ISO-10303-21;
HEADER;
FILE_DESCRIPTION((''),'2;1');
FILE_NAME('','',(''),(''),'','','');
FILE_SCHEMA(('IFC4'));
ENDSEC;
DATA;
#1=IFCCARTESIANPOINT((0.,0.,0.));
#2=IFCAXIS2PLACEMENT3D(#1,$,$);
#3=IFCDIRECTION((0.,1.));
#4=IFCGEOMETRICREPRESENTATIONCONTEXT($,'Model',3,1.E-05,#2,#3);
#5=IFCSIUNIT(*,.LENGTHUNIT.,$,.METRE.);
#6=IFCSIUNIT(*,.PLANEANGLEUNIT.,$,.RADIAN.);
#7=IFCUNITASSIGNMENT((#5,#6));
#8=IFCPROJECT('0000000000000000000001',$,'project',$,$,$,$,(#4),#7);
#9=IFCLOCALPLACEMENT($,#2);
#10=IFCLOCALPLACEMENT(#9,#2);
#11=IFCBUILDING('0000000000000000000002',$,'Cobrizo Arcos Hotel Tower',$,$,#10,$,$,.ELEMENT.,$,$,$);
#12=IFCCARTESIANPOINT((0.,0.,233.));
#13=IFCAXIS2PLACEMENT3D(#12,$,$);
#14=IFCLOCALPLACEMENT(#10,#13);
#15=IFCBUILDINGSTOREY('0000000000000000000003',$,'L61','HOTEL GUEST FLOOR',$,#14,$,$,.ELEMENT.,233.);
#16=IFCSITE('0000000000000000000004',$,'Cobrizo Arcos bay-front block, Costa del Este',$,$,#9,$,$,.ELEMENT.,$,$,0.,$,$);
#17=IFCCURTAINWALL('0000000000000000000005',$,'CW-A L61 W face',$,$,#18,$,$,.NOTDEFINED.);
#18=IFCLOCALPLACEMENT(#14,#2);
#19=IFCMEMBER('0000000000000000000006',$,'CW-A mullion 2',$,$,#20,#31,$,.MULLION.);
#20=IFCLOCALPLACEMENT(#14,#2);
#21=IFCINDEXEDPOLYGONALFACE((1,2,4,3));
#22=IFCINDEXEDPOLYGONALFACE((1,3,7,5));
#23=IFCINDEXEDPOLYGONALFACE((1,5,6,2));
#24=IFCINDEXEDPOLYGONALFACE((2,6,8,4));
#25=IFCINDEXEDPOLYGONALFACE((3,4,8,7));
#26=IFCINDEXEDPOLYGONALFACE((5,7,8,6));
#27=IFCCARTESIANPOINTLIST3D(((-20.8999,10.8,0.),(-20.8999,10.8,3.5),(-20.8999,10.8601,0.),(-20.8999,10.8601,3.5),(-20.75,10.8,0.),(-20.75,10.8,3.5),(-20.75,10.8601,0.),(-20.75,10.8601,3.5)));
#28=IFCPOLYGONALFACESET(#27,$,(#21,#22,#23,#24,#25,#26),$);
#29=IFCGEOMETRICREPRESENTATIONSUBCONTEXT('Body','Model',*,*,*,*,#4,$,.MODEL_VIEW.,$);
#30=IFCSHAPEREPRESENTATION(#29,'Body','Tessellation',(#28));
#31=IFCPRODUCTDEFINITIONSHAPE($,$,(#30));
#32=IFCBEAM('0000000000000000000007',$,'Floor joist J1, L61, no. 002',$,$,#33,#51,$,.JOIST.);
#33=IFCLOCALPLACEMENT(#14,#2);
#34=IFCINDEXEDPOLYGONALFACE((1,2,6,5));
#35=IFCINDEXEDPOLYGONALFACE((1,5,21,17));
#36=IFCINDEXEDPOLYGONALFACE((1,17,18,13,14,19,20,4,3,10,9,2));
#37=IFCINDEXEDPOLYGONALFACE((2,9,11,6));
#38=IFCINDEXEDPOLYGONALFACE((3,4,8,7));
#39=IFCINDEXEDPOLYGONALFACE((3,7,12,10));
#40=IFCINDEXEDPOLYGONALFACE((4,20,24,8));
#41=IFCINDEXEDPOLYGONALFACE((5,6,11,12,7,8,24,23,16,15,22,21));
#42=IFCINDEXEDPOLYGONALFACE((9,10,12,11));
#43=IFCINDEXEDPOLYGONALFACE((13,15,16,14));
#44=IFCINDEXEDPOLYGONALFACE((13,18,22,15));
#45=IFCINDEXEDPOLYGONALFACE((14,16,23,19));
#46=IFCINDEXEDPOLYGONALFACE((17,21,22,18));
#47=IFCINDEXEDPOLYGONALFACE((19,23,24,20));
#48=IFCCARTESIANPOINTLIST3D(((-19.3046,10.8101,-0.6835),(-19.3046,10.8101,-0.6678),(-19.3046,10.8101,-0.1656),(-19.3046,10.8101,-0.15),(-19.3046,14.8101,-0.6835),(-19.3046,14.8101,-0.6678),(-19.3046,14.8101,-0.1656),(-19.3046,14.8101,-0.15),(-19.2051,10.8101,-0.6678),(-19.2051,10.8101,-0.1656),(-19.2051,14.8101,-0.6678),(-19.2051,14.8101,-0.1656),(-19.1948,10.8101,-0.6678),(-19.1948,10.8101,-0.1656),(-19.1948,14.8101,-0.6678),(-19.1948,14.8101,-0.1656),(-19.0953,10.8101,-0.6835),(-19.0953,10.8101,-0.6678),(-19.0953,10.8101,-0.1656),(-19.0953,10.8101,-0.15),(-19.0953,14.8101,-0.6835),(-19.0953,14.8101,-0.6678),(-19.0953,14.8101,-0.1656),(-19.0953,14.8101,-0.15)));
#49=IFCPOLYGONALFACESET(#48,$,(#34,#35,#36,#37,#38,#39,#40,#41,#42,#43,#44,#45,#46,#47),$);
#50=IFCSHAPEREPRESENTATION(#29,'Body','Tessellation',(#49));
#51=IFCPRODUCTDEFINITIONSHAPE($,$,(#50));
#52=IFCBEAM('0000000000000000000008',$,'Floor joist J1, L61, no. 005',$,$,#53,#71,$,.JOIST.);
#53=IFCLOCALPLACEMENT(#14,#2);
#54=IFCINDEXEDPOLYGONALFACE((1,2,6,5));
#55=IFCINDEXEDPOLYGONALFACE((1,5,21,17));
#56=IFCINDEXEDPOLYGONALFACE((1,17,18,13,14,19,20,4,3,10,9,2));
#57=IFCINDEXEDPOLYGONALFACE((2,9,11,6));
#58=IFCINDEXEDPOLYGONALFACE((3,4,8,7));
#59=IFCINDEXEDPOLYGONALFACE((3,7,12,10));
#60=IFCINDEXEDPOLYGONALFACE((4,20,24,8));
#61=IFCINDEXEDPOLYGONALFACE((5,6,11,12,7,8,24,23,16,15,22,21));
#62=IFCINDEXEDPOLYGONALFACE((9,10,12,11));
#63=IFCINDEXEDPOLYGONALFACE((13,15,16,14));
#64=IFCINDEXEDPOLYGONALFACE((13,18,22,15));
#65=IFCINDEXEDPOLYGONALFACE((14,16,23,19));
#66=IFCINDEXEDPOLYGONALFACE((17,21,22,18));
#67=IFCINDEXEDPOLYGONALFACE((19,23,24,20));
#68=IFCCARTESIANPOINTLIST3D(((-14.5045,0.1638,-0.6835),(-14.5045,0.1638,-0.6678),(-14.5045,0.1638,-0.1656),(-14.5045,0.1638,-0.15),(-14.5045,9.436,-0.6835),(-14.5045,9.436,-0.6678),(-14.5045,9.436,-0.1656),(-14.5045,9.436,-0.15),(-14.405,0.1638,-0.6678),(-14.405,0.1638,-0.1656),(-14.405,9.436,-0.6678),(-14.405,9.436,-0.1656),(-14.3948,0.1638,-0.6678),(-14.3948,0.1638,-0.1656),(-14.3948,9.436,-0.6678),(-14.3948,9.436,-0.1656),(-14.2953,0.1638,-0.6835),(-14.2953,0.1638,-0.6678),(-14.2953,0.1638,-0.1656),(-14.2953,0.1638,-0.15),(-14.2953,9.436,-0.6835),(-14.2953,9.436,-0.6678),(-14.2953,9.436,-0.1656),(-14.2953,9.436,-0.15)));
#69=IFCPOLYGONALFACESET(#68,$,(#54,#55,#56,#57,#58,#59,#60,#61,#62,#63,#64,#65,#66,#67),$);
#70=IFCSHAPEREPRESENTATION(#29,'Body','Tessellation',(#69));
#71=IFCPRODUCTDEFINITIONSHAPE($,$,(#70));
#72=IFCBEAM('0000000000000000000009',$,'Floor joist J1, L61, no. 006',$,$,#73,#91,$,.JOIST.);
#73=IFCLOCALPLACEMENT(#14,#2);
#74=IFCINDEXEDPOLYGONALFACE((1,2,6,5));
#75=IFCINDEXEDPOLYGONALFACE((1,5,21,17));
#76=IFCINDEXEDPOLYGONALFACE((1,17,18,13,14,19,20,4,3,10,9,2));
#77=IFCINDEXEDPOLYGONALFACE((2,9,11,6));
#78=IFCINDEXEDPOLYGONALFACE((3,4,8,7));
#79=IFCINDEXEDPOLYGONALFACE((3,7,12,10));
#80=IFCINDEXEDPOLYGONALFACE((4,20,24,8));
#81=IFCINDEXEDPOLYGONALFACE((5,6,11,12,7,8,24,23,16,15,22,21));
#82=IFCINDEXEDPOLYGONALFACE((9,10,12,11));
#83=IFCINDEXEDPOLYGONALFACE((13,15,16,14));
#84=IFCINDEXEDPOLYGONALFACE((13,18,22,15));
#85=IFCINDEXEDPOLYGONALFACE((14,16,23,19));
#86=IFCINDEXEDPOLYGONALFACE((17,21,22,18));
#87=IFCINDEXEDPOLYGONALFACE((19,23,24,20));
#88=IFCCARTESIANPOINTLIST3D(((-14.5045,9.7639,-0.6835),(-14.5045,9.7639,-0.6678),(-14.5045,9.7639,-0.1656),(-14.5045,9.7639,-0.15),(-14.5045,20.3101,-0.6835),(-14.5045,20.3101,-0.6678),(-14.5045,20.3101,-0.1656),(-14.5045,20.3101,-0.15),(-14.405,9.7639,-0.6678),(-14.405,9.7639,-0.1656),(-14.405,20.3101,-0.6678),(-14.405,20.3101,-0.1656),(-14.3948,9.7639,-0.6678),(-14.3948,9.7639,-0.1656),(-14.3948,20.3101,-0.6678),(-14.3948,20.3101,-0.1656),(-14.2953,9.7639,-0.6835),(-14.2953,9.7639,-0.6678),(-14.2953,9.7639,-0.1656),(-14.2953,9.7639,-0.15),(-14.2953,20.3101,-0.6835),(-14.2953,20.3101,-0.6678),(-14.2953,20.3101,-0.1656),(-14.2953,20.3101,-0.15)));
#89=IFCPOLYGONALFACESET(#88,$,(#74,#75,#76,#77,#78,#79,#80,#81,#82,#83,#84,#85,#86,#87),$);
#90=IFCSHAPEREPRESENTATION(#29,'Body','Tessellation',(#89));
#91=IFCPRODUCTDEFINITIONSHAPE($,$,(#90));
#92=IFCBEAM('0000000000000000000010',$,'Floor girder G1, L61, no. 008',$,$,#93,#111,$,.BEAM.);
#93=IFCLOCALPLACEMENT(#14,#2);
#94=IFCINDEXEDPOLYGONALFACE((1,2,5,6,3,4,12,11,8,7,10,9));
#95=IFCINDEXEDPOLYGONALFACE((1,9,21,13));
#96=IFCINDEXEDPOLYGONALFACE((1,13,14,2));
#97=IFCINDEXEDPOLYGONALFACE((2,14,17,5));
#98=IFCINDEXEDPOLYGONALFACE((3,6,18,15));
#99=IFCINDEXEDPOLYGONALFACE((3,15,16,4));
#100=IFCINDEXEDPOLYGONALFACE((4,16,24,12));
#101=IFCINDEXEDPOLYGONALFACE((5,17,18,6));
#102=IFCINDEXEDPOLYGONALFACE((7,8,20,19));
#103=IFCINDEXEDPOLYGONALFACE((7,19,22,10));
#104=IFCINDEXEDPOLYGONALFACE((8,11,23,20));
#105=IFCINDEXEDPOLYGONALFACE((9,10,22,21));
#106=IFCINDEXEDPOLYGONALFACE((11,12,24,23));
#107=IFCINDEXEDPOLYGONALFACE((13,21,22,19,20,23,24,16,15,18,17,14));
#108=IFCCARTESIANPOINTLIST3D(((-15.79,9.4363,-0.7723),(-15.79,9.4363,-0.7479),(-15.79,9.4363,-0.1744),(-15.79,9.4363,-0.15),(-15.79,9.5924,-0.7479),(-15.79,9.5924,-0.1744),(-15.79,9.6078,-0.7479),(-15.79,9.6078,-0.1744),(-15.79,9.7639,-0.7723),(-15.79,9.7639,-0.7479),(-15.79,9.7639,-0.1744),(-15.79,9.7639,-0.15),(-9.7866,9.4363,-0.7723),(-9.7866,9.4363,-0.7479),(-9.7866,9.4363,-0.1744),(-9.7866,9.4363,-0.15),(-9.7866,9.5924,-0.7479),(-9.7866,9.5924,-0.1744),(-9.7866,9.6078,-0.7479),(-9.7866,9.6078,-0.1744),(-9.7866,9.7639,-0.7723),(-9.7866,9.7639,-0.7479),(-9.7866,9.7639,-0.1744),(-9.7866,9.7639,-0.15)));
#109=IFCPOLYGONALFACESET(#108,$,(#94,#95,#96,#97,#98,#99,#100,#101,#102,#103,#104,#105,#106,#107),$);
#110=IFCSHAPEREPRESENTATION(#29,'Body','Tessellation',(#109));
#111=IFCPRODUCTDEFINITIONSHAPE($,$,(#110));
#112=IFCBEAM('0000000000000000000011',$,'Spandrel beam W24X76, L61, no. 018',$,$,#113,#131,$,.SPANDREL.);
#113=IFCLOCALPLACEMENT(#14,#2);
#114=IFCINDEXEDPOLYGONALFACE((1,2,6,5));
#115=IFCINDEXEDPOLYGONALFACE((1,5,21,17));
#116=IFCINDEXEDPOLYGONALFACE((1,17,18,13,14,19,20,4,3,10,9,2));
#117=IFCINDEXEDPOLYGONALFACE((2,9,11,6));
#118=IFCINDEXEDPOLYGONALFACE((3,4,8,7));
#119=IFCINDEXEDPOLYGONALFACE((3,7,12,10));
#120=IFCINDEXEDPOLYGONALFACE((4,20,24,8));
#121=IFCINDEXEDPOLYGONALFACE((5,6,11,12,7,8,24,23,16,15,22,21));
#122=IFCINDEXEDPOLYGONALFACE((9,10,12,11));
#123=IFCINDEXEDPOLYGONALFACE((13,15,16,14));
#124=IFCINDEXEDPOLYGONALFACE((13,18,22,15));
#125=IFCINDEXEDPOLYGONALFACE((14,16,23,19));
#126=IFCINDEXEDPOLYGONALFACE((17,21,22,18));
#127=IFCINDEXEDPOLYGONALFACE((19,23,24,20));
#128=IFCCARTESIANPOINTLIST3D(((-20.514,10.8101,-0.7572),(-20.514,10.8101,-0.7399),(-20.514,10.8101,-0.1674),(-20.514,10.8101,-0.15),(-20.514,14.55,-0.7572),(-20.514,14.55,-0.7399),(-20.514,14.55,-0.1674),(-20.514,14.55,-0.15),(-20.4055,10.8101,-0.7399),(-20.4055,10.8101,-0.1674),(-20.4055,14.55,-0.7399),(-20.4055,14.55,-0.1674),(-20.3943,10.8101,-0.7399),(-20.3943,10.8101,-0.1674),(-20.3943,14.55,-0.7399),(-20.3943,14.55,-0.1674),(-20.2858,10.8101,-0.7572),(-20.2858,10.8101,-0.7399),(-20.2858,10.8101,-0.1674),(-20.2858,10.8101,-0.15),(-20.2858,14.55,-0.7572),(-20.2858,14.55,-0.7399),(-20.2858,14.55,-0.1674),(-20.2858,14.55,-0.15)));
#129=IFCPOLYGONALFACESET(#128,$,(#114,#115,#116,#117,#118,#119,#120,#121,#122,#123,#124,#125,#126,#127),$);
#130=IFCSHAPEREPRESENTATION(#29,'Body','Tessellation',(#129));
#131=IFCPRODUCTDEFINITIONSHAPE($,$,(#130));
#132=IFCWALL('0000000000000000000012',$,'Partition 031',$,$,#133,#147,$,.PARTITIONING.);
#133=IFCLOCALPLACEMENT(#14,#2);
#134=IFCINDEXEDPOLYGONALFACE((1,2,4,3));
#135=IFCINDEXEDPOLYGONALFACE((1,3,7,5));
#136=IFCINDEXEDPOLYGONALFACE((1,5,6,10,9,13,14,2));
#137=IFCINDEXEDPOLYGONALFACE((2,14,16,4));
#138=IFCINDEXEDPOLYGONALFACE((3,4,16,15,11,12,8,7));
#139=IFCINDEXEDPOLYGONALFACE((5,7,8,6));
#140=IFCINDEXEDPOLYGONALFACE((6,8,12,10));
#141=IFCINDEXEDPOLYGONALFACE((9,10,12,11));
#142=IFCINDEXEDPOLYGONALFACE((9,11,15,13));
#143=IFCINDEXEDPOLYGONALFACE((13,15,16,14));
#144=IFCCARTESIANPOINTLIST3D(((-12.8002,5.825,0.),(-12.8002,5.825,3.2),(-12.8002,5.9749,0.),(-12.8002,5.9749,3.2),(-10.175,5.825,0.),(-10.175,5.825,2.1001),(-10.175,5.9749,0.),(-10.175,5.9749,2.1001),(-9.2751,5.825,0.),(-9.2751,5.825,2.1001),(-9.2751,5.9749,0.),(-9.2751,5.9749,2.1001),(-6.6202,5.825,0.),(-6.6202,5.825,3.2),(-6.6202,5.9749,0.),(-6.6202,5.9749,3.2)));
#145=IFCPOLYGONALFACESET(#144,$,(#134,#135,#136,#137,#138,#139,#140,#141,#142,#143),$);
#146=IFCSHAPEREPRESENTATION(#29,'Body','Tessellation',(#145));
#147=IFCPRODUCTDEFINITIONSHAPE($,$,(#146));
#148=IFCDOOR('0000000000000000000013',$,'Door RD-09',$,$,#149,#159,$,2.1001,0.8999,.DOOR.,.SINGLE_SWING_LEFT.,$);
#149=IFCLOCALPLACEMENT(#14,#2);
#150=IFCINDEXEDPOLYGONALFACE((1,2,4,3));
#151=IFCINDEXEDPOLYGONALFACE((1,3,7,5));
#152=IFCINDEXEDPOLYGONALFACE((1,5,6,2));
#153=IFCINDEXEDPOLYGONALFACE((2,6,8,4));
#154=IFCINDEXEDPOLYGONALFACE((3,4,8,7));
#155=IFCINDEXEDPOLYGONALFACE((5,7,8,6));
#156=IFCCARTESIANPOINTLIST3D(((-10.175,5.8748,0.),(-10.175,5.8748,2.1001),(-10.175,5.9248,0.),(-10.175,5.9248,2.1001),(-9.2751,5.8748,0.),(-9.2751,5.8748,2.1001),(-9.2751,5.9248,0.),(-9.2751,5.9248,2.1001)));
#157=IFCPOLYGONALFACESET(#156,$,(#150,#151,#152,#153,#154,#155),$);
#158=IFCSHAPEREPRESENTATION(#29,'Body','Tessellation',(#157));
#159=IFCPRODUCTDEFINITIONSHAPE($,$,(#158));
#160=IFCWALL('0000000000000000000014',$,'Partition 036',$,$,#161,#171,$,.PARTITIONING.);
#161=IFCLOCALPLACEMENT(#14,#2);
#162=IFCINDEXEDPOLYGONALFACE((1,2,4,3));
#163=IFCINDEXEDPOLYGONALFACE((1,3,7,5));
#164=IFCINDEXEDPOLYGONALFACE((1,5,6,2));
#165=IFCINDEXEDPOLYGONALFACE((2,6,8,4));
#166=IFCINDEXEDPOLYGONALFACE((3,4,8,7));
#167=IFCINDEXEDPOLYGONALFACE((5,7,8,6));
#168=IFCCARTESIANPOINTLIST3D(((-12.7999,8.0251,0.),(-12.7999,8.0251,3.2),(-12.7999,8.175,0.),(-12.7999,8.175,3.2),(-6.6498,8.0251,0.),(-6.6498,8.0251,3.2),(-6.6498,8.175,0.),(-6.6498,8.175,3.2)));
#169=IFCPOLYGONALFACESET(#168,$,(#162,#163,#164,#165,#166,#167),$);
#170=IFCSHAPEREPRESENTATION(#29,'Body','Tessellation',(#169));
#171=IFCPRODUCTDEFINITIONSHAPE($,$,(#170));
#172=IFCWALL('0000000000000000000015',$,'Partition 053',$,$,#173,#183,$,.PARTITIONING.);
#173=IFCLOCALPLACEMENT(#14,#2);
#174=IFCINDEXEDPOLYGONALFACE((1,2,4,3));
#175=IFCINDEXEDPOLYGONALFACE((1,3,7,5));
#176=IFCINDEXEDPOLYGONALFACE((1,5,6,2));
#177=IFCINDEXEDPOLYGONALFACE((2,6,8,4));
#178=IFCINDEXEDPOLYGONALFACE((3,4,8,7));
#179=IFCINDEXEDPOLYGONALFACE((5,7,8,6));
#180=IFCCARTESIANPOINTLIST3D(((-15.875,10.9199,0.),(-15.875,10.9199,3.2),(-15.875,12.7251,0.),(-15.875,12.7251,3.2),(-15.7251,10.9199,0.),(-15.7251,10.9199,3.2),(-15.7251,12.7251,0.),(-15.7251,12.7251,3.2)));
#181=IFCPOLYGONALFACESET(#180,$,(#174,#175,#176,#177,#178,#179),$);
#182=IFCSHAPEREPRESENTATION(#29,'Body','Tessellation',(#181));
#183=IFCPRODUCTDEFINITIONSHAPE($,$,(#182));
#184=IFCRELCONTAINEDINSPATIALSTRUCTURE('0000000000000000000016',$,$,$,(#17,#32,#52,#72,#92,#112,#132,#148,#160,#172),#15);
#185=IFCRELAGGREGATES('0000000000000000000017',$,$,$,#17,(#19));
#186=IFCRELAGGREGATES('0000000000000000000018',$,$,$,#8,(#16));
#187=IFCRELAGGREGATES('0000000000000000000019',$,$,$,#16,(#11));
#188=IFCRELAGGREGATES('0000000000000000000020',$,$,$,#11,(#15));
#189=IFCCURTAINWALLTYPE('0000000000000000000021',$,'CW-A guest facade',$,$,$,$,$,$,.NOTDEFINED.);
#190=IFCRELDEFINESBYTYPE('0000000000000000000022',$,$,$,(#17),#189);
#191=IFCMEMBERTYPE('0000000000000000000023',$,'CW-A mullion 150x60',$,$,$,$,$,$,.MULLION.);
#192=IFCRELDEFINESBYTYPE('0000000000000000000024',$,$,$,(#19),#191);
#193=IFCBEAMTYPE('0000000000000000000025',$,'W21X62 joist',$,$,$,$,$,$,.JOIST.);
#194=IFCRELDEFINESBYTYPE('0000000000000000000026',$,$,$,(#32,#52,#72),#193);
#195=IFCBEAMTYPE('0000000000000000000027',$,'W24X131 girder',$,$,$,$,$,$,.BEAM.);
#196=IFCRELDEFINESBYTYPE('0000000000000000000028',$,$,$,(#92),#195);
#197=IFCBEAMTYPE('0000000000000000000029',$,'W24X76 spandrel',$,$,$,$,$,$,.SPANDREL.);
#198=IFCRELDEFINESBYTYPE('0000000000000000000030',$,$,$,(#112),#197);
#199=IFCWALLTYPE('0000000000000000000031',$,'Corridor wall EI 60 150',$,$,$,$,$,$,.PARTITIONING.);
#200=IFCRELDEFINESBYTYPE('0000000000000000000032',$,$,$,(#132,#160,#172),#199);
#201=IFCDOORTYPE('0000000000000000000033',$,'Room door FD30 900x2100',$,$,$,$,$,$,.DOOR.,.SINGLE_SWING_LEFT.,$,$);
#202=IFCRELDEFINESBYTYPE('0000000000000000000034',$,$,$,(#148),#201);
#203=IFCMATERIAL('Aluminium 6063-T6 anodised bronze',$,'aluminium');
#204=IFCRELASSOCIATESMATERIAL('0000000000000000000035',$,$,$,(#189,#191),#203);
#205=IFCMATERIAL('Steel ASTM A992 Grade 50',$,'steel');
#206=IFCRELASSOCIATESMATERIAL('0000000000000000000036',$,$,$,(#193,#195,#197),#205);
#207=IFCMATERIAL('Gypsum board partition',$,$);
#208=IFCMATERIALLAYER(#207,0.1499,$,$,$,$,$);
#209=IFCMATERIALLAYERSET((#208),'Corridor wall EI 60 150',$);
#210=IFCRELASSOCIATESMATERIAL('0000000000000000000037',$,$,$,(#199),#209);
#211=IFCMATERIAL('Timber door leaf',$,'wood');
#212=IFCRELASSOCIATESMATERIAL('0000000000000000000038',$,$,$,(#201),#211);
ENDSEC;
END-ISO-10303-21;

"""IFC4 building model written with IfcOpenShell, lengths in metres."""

from ifc_helpers import new_model, si_unit, direction, frame, frame_2d, origin, origin_2d, place, context, subcontext, project, spatial, rectangle, i_section, extrude, material, layer, layer_set, material_profile, profile_set, type_object, element, fill, aggregate, save


model = new_model("IFC4")

# Units and contexts
model_context = context("Model", 3, precision=1e-05, world=origin(), true_north=direction((0.0, 1.0)))
body_context = subcontext(model_context, "Body", "Model", "MODEL_VIEW")
ifc_project = project(units=[si_unit("LENGTHUNIT", "METRE"), si_unit("PLANEANGLEUNIT", "RADIAN")], contexts=[model_context])

# Site, building, storey
site_placement = place(None, origin())
site = spatial("IfcSite", under=ifc_project, at=site_placement, Name="Cobrizo Arcos bay-front block, Costa del Este", CompositionType="ELEMENT", RefElevation=0.0)
building_placement = place(site_placement, origin())
building = spatial("IfcBuilding", under=site, at=building_placement, Name="Cobrizo Arcos Hotel Tower", CompositionType="ELEMENT")
storey_placement = place(building_placement, frame((0.0, 0.0, 233.0)))
storey = spatial("IfcBuildingStorey", under=building, at=storey_placement, Name="L61", Description="HOTEL GUEST FLOOR", CompositionType="ELEMENT", Elevation=233.0)

# Curtain wall, member
ifc_material_1 = material(Name="Aluminium 6063-T6 anodised bronze", Category="aluminium")
curtain_wall_type = type_object("IfcCurtainWallType", Name="CW-A guest facade", PredefinedType="NOTDEFINED", material=ifc_material_1)
curtain_wall_placement = place(storey_placement, origin())
curtain_wall = element("IfcCurtainWall", 1, at=curtain_wall_placement, inside=storey, type_object=curtain_wall_type, Name="CW-A L61 W face", PredefinedType="NOTDEFINED")
ifc_material_profile_1 = material_profile(ifc_material_1, rectangle(XDim=0.1499, YDim=0.0601, at=origin_2d()), Name="CW-A mullion 150x60")
ifc_profile_set_1 = profile_set([ifc_material_profile_1], Name="Aluminium 6063-T6 anodised bronze")
member_type = type_object("IfcMemberType", Name="CW-A mullion 150x60", PredefinedType="MULLION", material=ifc_profile_set_1)
member_placement = place(storey_placement, frame((-20.825, 10.8301, 0.0), z_axis=(0.0, 0.0, 1.0), x_axis=(-1.0, 0.0, 0.0)))
member = element("IfcMember", 2, at=member_placement, type_object=member_type, Name="CW-A mullion 2", PredefinedType="MULLION", context=body_context, shape_type="SweptSolid", body=[
    extrude(rectangle(XDim=0.1499, YDim=0.0601, at=origin_2d()), origin(), (0.0, 0.0, 1.0), 3.5),
])
aggregate(curtain_wall, [member])

# Beams
ifc_material_2 = material(Name="Steel ASTM A992 Grade 50", Category="steel")
ifc_material_profile_2 = material_profile(ifc_material_2, i_section(OverallWidth=0.2092, OverallDepth=0.5334, WebThickness=0.0103, FlangeThickness=0.0156, at=origin_2d()), Name="W21X62")
ifc_profile_set_2 = profile_set([ifc_material_profile_2], Name="Steel ASTM A992 Grade 50")
beam_type_1 = type_object("IfcBeamType", Name="W21X62 joist", PredefinedType="JOIST", material=ifc_profile_set_2)
beam_1_placement = place(storey_placement, frame((-19.2, 10.8101, -0.4167), z_axis=(0.0, 1.0, 0.0), x_axis=(-1.0, 0.0, 0.0)))
element("IfcBeam", 3, at=beam_1_placement, inside=storey, type_object=beam_type_1, Name="Floor joist J1, L61, no. 002", PredefinedType="JOIST", context=body_context, shape_type="SweptSolid", body=[
    extrude(i_section(OverallWidth=0.2092, OverallDepth=0.5334, WebThickness=0.0103, FlangeThickness=0.0156, at=origin_2d()), origin(), (0.0, 0.0, 1.0), 4.0),
])
beam_2_placement = place(storey_placement, frame((-14.3999, 0.1638, -0.4167), z_axis=(0.0, 1.0, 0.0), x_axis=(-1.0, 0.0, 0.0)))
element("IfcBeam", 4, at=beam_2_placement, inside=storey, type_object=beam_type_1, Name="Floor joist J1, L61, no. 005", PredefinedType="JOIST", context=body_context, shape_type="SweptSolid", body=[
    extrude(i_section(OverallWidth=0.2092, OverallDepth=0.5334, WebThickness=0.0103, FlangeThickness=0.0156, at=origin_2d()), origin(), (0.0, 0.0, 1.0), 9.2722),
])
beam_3_placement = place(storey_placement, frame((-14.3999, 9.7639, -0.4167), z_axis=(0.0, 1.0, 0.0), x_axis=(-1.0, 0.0, 0.0)))
element("IfcBeam", 5, at=beam_3_placement, inside=storey, type_object=beam_type_1, Name="Floor joist J1, L61, no. 006", PredefinedType="JOIST", context=body_context, shape_type="SweptSolid", body=[
    extrude(i_section(OverallWidth=0.2092, OverallDepth=0.5334, WebThickness=0.0103, FlangeThickness=0.0156, at=origin_2d()), origin(), (0.0, 0.0, 1.0), 10.5461),
])
ifc_material_profile_3 = material_profile(ifc_material_2, i_section(OverallWidth=0.3276, OverallDepth=0.6223, WebThickness=0.0154, FlangeThickness=0.0244, at=origin_2d()), Name="W24X131")
ifc_profile_set_3 = profile_set([ifc_material_profile_3], Name="Steel ASTM A992 Grade 50")
beam_type_2 = type_object("IfcBeamType", Name="W24X131 girder", PredefinedType="BEAM", material=ifc_profile_set_3)
beam_4_placement = place(storey_placement, frame((-15.79, 9.6001, -0.4612), z_axis=(1.0, 0.0, 0.0), x_axis=(0.0, 1.0, 0.0)))
element("IfcBeam", 6, at=beam_4_placement, inside=storey, type_object=beam_type_2, Name="Floor girder G1, L61, no. 008", PredefinedType="BEAM", context=body_context, shape_type="SweptSolid", body=[
    extrude(i_section(OverallWidth=0.3276, OverallDepth=0.6223, WebThickness=0.0154, FlangeThickness=0.0244, at=origin_2d()), origin(), (0.0, 0.0, 1.0), 6.0034),
])
ifc_material_profile_4 = material_profile(ifc_material_2, i_section(OverallWidth=0.2283, OverallDepth=0.6072, WebThickness=0.0112, FlangeThickness=0.0173, at=origin_2d()), Name="W24X76")
ifc_profile_set_4 = profile_set([ifc_material_profile_4], Name="Steel ASTM A992 Grade 50")
beam_type_3 = type_object("IfcBeamType", Name="W24X76 spandrel", PredefinedType="SPANDREL", material=ifc_profile_set_4)
beam_5_placement = place(storey_placement, frame((-20.3999, 10.8101, -0.4536), z_axis=(0.0, 1.0, 0.0), x_axis=(-1.0, 0.0, 0.0)))
element("IfcBeam", 7, at=beam_5_placement, inside=storey, type_object=beam_type_3, Name="Spandrel beam W24X76, L61, no. 018", PredefinedType="SPANDREL", context=body_context, shape_type="SweptSolid", body=[
    extrude(i_section(OverallWidth=0.2283, OverallDepth=0.6072, WebThickness=0.0112, FlangeThickness=0.0173, at=origin_2d()), origin(), (0.0, 0.0, 1.0), 3.74),
])

# Wall, opening, door
ifc_material_3 = material(Name="Gypsum board partition")
ifc_layer_1 = layer(ifc_material_3, 0.1499)
ifc_layer_set_1 = layer_set([ifc_layer_1], Name="Corridor wall EI 60 150")
wall_type_1 = type_object("IfcWallType", Name="Corridor wall EI 60 150", PredefinedType="PARTITIONING", material=ifc_layer_set_1)
wall_1_placement = place(storey_placement, frame((-12.8, 5.8999, 0.0), z_axis=(0.0, 0.0, 1.0), x_axis=(1.0, 0.0, 0.0)))
wall_1 = element("IfcWall", 8, at=wall_1_placement, inside=storey, type_object=wall_type_1, Name="Partition 031", PredefinedType="PARTITIONING", context=body_context, shape_type="SweptSolid", body=[
    extrude(rectangle(XDim=6.1799, YDim=0.1499, at=frame_2d((3.0898, 0.0))), origin(), (0.0, 0.0, 1.0), 3.2),
])
opening_1_placement = place(wall_1_placement, frame((2.625, 0.0, 0.0)))
opening_1 = element("IfcOpeningElement", 9, at=opening_1_placement, cuts=wall_1, PredefinedType="OPENING", context=body_context, shape_type="SweptSolid", body=[
    extrude(rectangle(XDim=0.8999, YDim=2.1001, at=frame_2d((0.45, 1.05))), frame((0.0, 0.0869, 0.0), z_axis=(0.0, -1.0, 0.0), x_axis=(1.0, 0.0, 0.0)), (0.0, 0.0, 1.0), 0.1738),
])
ifc_material_4 = material(Name="Timber door leaf", Category="wood")
door_type_1 = type_object("IfcDoorType", Name="Room door FD30 900x2100", OperationType="SINGLE_SWING_LEFT", PredefinedType="DOOR", material=ifc_material_4)
door_1_placement = place(opening_1_placement, origin())
door_1 = element("IfcDoor", 10, at=door_1_placement, inside=storey, type_object=door_type_1, Name="Door RD-09", OperationType="SINGLE_SWING_LEFT", OverallHeight=2.1001, OverallWidth=0.8999, PredefinedType="DOOR", context=body_context, shape_type="SweptSolid", body=[
    extrude(rectangle(XDim=0.8999, YDim=2.1001, at=frame_2d((0.45, 1.05))), frame((0.0, 0.0249, 0.0), z_axis=(0.0, -1.0, 0.0), x_axis=(1.0, 0.0, 0.0)), (0.0, 0.0, 1.0), 0.05),
])
fill(opening_1, door_1)

# Walls
wall_2_placement = place(storey_placement, frame((-12.8, 8.1001, 0.0), z_axis=(0.0, 0.0, 1.0), x_axis=(1.0, 0.0, 0.0)))
element("IfcWall", 11, at=wall_2_placement, inside=storey, type_object=wall_type_1, Name="Partition 036", PredefinedType="PARTITIONING", context=body_context, shape_type="SweptSolid", body=[
    extrude(rectangle(XDim=6.1501, YDim=0.1499, at=frame_2d((3.0752, 0.0))), origin(), (0.0, 0.0, 1.0), 3.2),
])
wall_3_placement = place(storey_placement, frame((-15.8, 10.9199, 0.0), z_axis=(0.0, 0.0, 1.0), x_axis=(0.0, 1.0, 0.0)))
element("IfcWall", 12, at=wall_3_placement, inside=storey, type_object=wall_type_1, Name="Partition 053", PredefinedType="PARTITIONING", context=body_context, shape_type="SweptSolid", body=[
    extrude(rectangle(XDim=1.8052, YDim=0.1499, at=frame_2d((0.9026, 0.0))), origin(), (0.0, 0.0, 1.0), 3.2),
])

save(model, "model.ifc")
